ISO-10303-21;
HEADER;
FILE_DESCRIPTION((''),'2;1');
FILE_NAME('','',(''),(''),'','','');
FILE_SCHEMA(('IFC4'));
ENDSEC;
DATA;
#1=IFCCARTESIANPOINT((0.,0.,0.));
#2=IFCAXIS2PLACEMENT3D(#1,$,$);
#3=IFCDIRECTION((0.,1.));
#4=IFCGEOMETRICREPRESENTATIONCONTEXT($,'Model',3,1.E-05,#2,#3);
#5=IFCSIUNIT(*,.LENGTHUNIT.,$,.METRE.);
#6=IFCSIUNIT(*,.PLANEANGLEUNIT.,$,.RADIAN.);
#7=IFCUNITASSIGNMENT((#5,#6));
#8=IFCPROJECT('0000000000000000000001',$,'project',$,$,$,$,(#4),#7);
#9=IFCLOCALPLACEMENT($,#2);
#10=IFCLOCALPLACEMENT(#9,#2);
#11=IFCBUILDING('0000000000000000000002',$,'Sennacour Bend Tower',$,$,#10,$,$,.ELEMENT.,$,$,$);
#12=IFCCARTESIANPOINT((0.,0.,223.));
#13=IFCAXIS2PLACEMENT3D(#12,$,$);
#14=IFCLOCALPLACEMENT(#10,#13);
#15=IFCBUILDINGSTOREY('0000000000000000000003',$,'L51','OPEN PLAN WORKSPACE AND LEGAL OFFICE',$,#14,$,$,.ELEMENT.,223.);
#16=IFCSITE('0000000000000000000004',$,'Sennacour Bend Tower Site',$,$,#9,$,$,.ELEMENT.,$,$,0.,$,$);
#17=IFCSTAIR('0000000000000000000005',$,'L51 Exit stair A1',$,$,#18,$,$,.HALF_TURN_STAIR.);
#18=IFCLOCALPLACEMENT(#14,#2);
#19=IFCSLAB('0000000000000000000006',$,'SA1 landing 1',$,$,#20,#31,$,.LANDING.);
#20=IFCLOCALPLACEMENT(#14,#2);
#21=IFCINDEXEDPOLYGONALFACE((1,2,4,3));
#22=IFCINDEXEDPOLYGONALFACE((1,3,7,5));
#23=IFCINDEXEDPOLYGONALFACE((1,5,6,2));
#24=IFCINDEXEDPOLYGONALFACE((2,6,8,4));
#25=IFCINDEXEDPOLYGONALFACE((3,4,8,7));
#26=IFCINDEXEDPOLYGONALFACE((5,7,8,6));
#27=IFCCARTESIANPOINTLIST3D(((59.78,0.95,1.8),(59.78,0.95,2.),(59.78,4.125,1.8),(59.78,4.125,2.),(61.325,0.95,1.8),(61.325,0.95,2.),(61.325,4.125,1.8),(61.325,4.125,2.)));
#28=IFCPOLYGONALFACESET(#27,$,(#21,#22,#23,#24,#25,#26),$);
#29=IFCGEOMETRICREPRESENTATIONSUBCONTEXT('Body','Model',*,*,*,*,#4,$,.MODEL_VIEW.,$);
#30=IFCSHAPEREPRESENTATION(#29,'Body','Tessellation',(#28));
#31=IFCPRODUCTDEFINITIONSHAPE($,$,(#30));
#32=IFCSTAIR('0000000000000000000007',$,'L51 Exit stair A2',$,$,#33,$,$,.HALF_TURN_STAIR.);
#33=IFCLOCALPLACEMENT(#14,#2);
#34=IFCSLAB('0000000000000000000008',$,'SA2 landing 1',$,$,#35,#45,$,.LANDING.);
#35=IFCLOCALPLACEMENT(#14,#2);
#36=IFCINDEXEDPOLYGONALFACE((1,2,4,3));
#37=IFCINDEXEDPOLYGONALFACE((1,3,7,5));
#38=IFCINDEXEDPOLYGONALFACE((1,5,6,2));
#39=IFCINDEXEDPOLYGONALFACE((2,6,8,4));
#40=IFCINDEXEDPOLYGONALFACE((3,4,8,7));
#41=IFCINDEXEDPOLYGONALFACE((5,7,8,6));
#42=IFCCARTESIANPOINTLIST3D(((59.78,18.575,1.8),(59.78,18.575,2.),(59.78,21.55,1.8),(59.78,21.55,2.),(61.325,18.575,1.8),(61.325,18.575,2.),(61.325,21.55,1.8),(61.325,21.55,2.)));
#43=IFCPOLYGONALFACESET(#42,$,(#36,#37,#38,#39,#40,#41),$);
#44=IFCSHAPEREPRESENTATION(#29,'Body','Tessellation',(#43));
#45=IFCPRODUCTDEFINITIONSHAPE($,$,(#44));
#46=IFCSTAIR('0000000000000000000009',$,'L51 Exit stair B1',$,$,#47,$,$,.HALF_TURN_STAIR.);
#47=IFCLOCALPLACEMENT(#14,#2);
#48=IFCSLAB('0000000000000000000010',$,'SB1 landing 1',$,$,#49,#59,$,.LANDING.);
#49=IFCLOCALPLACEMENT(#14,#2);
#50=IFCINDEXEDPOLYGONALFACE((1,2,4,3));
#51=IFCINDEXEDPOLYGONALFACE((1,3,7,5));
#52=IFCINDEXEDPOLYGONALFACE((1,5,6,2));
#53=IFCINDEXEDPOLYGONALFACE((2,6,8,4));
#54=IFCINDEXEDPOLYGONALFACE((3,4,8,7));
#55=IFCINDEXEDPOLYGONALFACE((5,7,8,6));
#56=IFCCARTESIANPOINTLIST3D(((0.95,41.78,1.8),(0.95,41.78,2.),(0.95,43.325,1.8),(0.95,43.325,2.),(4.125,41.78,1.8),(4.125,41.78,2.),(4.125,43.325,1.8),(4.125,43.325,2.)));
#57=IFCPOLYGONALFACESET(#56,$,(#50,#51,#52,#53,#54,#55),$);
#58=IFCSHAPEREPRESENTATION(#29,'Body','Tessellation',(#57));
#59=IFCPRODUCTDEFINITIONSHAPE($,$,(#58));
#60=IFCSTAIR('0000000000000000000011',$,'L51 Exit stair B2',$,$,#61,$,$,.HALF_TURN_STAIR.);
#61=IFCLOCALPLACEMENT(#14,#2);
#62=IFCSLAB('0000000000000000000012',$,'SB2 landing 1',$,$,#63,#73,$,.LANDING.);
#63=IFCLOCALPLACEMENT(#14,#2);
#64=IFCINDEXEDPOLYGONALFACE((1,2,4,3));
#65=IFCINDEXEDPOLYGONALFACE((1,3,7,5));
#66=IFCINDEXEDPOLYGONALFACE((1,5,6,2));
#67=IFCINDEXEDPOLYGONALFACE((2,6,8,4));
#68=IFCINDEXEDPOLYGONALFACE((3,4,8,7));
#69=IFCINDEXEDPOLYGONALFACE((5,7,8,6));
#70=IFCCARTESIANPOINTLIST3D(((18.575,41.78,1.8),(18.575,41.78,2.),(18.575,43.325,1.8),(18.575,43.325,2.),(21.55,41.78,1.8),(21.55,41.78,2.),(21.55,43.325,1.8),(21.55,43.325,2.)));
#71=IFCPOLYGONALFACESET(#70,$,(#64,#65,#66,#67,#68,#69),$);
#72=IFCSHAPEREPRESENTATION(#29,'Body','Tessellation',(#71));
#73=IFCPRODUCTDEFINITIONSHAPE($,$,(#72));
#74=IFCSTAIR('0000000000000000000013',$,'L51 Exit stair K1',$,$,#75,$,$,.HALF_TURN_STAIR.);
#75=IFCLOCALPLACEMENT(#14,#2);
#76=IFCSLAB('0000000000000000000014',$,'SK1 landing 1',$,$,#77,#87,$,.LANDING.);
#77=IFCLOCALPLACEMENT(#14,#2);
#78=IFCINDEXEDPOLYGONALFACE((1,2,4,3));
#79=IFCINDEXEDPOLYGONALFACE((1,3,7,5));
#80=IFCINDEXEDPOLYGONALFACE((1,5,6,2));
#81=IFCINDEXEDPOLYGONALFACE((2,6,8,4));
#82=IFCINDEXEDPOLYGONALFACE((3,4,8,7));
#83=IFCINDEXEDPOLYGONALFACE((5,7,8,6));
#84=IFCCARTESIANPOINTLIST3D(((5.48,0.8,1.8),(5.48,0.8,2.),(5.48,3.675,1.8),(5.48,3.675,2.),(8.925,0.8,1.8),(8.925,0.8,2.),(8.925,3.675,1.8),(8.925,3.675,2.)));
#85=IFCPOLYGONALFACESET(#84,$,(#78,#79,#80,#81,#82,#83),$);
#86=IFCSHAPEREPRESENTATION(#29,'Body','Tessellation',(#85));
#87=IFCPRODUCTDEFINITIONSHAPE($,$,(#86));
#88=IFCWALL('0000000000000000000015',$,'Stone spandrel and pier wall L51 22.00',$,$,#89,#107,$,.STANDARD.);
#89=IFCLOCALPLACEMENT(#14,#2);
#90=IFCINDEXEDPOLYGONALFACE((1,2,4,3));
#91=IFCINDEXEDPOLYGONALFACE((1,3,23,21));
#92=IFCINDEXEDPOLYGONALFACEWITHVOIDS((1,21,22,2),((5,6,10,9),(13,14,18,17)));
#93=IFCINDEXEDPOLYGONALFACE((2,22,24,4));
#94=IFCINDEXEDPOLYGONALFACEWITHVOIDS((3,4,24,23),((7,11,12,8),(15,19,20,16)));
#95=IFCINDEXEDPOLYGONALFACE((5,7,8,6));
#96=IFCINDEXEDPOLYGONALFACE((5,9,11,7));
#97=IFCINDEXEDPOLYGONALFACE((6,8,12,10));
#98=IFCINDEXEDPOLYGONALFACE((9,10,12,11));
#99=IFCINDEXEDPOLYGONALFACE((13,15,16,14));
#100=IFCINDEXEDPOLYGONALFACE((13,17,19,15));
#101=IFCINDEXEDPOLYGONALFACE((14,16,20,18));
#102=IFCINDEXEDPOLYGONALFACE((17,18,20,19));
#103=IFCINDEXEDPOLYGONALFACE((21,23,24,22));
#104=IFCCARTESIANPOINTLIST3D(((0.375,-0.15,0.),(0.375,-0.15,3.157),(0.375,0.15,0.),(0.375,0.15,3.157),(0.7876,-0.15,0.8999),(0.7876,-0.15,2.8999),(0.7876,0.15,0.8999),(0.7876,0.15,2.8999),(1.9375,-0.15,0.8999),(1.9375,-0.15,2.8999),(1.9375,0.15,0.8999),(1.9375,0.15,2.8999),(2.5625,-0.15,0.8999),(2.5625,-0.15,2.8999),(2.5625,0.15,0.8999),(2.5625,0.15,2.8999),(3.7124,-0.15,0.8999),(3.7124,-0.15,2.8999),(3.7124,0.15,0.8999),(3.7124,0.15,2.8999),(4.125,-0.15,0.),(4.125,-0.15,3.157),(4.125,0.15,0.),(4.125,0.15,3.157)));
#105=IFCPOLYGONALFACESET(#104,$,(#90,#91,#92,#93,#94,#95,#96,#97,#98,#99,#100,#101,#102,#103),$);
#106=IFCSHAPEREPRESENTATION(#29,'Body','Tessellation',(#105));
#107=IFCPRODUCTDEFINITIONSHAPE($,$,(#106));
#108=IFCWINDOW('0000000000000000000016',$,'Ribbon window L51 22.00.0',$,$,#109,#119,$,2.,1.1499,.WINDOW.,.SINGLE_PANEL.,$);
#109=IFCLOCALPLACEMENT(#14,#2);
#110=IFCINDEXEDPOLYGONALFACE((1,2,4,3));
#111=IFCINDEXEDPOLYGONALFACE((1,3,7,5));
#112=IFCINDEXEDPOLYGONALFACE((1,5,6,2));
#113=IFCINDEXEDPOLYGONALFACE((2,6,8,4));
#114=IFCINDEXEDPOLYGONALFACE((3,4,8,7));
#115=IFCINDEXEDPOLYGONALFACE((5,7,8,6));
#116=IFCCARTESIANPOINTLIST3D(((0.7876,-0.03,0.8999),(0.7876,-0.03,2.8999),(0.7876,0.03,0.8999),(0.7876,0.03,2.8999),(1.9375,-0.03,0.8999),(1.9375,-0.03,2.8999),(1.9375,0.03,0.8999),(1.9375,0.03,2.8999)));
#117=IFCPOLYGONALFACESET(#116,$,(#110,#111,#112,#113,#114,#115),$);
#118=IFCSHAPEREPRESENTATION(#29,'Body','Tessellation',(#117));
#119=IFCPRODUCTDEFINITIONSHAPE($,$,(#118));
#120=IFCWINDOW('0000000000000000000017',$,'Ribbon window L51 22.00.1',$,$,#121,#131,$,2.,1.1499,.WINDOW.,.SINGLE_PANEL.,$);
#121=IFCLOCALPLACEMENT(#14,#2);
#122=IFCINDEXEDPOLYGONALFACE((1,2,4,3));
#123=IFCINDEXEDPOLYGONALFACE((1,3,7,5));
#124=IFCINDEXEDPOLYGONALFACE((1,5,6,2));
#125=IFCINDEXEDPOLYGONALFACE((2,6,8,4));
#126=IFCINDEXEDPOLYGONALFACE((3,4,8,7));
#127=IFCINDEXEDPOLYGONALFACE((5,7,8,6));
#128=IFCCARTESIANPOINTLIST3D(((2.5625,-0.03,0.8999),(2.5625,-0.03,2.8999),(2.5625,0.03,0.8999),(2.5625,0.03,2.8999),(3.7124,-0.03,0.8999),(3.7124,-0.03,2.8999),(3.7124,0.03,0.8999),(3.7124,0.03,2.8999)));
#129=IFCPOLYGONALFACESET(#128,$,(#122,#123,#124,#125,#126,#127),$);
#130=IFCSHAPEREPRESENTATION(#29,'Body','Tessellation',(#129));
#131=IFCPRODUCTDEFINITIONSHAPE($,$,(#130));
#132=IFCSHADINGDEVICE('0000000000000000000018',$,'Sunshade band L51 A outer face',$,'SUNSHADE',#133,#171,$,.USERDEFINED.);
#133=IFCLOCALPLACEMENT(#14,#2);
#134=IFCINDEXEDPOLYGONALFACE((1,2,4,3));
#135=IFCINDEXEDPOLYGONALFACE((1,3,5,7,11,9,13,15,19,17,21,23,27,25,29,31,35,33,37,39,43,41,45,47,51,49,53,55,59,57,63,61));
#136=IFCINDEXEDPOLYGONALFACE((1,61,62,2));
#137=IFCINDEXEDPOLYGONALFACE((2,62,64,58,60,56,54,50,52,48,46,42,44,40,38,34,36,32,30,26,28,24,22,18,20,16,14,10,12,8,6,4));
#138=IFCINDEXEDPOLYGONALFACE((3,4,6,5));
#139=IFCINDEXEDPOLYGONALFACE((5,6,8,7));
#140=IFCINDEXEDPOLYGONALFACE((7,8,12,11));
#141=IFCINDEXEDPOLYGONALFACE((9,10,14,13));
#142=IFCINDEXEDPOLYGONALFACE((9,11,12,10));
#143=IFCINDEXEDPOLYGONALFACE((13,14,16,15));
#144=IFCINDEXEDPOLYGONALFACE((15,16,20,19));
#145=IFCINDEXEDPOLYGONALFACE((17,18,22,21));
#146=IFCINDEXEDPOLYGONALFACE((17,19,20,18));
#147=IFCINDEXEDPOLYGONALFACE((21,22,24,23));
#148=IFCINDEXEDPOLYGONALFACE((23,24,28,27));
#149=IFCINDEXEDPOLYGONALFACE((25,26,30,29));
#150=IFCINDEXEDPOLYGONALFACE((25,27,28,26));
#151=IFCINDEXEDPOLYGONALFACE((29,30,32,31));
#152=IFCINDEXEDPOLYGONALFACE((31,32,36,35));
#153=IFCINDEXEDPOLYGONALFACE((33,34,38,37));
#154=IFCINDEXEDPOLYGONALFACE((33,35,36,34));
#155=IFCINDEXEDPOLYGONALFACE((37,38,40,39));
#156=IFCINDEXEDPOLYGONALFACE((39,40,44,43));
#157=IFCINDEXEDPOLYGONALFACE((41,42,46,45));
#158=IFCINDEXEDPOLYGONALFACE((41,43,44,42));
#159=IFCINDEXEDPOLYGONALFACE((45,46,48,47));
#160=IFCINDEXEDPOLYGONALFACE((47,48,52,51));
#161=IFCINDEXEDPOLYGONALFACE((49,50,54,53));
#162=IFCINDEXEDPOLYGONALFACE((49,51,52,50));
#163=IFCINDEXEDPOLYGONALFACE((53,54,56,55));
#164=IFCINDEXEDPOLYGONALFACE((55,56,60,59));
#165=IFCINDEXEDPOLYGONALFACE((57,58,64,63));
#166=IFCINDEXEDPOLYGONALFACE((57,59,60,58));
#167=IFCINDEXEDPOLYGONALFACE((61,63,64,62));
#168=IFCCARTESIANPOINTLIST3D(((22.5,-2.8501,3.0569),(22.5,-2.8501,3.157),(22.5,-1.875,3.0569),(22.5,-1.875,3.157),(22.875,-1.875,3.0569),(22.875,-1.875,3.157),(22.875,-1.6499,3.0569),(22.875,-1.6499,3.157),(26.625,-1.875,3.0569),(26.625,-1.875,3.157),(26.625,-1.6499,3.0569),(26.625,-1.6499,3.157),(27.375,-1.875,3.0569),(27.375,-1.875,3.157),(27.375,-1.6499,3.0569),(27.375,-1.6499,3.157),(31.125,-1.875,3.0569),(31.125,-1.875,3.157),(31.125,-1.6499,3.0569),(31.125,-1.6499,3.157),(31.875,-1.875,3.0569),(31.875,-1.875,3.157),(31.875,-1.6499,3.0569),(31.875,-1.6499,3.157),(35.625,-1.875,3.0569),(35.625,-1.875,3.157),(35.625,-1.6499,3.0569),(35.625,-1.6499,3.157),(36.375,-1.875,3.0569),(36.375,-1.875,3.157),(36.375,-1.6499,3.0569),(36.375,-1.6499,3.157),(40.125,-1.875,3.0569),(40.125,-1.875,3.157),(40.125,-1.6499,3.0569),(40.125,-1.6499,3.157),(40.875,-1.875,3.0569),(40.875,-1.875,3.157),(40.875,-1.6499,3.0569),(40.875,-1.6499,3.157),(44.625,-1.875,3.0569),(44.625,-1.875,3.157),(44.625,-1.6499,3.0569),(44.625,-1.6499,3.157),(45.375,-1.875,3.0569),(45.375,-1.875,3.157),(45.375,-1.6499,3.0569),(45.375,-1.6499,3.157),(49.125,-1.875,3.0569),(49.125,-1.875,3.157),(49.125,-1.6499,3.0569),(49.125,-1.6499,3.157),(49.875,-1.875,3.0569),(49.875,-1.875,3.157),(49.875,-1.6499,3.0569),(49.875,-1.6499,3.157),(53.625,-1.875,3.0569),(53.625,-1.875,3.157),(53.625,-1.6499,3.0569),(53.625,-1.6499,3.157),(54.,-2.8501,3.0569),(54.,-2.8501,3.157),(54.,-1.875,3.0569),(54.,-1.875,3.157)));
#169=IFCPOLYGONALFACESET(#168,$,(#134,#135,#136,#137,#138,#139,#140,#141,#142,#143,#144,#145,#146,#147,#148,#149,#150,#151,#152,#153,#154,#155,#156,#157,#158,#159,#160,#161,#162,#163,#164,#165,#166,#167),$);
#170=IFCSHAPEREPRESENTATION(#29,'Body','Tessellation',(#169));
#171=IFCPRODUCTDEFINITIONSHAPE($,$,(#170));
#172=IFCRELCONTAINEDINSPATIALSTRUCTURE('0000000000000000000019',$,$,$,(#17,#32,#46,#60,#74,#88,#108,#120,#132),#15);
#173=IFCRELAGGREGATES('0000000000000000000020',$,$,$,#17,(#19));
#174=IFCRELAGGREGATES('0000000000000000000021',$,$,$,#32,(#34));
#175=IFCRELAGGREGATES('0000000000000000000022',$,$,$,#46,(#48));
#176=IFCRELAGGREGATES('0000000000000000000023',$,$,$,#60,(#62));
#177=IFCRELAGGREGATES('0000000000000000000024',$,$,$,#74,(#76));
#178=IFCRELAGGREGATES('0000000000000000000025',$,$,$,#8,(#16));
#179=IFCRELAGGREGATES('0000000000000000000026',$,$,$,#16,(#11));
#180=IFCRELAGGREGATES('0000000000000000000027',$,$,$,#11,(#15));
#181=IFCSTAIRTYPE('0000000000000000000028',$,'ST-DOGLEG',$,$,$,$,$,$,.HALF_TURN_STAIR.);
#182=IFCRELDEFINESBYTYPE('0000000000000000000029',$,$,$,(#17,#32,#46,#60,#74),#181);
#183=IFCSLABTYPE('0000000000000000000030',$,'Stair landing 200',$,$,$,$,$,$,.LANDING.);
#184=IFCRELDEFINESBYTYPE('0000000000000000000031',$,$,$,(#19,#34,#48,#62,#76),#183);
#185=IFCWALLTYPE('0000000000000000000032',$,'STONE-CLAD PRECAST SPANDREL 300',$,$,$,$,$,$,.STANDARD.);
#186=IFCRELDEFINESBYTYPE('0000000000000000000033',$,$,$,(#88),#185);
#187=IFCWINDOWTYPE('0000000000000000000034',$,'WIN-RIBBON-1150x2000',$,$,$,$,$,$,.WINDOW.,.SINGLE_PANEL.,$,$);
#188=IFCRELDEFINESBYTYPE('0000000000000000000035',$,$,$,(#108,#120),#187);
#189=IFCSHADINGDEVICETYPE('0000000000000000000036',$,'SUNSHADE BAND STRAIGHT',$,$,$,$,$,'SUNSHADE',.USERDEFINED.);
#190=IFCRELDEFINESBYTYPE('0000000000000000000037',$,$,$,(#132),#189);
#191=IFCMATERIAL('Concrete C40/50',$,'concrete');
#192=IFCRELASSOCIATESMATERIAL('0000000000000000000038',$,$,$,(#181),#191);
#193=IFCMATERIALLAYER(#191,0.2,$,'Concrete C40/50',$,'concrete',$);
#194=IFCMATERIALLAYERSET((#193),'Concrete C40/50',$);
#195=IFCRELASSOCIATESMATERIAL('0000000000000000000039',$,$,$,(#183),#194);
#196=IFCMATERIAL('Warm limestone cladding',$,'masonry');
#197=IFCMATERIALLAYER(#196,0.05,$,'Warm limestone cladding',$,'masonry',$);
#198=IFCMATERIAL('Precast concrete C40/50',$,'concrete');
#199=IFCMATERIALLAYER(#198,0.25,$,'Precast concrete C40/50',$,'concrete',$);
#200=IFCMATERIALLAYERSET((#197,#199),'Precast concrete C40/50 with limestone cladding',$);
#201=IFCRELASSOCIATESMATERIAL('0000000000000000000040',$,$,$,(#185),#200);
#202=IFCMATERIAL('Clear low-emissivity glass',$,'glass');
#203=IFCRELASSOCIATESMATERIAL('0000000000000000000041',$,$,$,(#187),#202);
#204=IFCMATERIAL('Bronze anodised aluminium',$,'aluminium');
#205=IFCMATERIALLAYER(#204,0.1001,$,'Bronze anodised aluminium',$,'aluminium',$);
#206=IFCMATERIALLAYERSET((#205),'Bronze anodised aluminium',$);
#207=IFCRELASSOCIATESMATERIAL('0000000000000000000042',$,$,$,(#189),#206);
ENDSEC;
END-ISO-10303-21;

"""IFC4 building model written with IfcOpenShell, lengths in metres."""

from ifc_helpers import new_model, si_unit, direction, frame, frame_2d, origin, place, context, subcontext, project, spatial, polyline, rectangle, outline, extrude, material, layer, layer_set, type_object, element, fill, aggregate, save


model = new_model("IFC4")

# Units and contexts
model_context = context("Model", 3, precision=1e-05, world=origin(), true_north=direction((0.0, 1.0)))
body_context = subcontext(model_context, "Body", "Model", "MODEL_VIEW")
ifc_project = project(units=[si_unit("LENGTHUNIT", "METRE"), si_unit("PLANEANGLEUNIT", "RADIAN")], contexts=[model_context])

# Site, building, storey
site_placement = place(None, origin())
site = spatial("IfcSite", under=ifc_project, at=site_placement, Name="Sennacour Bend Tower Site", CompositionType="ELEMENT", RefElevation=0.0)
building_placement = place(site_placement, origin())
building = spatial("IfcBuilding", under=site, at=building_placement, Name="Sennacour Bend Tower", CompositionType="ELEMENT")
storey_placement = place(building_placement, frame((0.0, 0.0, 223.0)))
storey = spatial("IfcBuildingStorey", under=building, at=storey_placement, Name="L51", Description="OPEN PLAN WORKSPACE AND LEGAL OFFICE", CompositionType="ELEMENT", Elevation=223.0)

# Shared definitions
ifc_material_1 = material(Name="Concrete C40/50", Category="concrete")

# Stairs, slabs
stair_type = type_object("IfcStairType", Name="ST-DOGLEG", PredefinedType="HALF_TURN_STAIR", material=ifc_material_1)
stair_1_placement = place(storey_placement, origin())
stair_1 = element("IfcStair", 1, at=stair_1_placement, inside=storey, type_object=stair_type, Name="L51 Exit stair A1", PredefinedType="HALF_TURN_STAIR")
ifc_layer_1 = layer(ifc_material_1, 0.2, Name="Concrete C40/50", Category="concrete")
ifc_layer_set_1 = layer_set([ifc_layer_1], Name="Concrete C40/50")
slab_type_1 = type_object("IfcSlabType", Name="Stair landing 200", PredefinedType="LANDING", material=ifc_layer_set_1)
slab_1_placement = place(storey_placement, frame((0.0, 0.0, 1.8)))
slab_1 = element("IfcSlab", 2, at=slab_1_placement, type_object=slab_type_1, Name="SA1 landing 1", PredefinedType="LANDING", context=body_context, shape_type="SweptSolid", body=[
    extrude(outline(polyline([(59.78, 0.95), (61.325, 0.95), (61.325, 4.125), (59.78, 4.125), (59.78, 0.95)])), origin(), (0.0, 0.0, 1.0), 0.2),
])
aggregate(stair_1, [slab_1])
stair_2_placement = place(storey_placement, origin())
stair_2 = element("IfcStair", 3, at=stair_2_placement, inside=storey, type_object=stair_type, Name="L51 Exit stair A2", PredefinedType="HALF_TURN_STAIR")
slab_2_placement = place(storey_placement, frame((0.0, 0.0, 1.8)))
slab_2 = element("IfcSlab", 4, at=slab_2_placement, type_object=slab_type_1, Name="SA2 landing 1", PredefinedType="LANDING", context=body_context, shape_type="SweptSolid", body=[
    extrude(outline(polyline([(59.78, 18.575), (61.325, 18.575), (61.325, 21.55), (59.78, 21.55), (59.78, 18.575)])), origin(), (0.0, 0.0, 1.0), 0.2),
])
aggregate(stair_2, [slab_2])
stair_3_placement = place(storey_placement, origin())
stair_3 = element("IfcStair", 5, at=stair_3_placement, inside=storey, type_object=stair_type, Name="L51 Exit stair B1", PredefinedType="HALF_TURN_STAIR")
slab_3_placement = place(storey_placement, frame((0.0, 0.0, 1.8)))
slab_3 = element("IfcSlab", 6, at=slab_3_placement, type_object=slab_type_1, Name="SB1 landing 1", PredefinedType="LANDING", context=body_context, shape_type="SweptSolid", body=[
    extrude(outline(polyline([(0.95, 41.78), (4.125, 41.78), (4.125, 43.325), (0.95, 43.325), (0.95, 41.78)])), origin(), (0.0, 0.0, 1.0), 0.2),
])
aggregate(stair_3, [slab_3])
stair_4_placement = place(storey_placement, origin())
stair_4 = element("IfcStair", 7, at=stair_4_placement, inside=storey, type_object=stair_type, Name="L51 Exit stair B2", PredefinedType="HALF_TURN_STAIR")
slab_4_placement = place(storey_placement, frame((0.0, 0.0, 1.8)))
slab_4 = element("IfcSlab", 8, at=slab_4_placement, type_object=slab_type_1, Name="SB2 landing 1", PredefinedType="LANDING", context=body_context, shape_type="SweptSolid", body=[
    extrude(outline(polyline([(18.575, 41.78), (21.55, 41.78), (21.55, 43.325), (18.575, 43.325), (18.575, 41.78)])), origin(), (0.0, 0.0, 1.0), 0.2),
])
aggregate(stair_4, [slab_4])
stair_5_placement = place(storey_placement, origin())
stair_5 = element("IfcStair", 9, at=stair_5_placement, inside=storey, type_object=stair_type, Name="L51 Exit stair K1", PredefinedType="HALF_TURN_STAIR")
slab_5_placement = place(storey_placement, frame((0.0, 0.0, 1.8)))
slab_5 = element("IfcSlab", 10, at=slab_5_placement, type_object=slab_type_1, Name="SK1 landing 1", PredefinedType="LANDING", context=body_context, shape_type="SweptSolid", body=[
    extrude(outline(polyline([(5.48, 0.8), (8.925, 0.8), (8.925, 3.675), (5.48, 3.675), (5.48, 0.8)])), origin(), (0.0, 0.0, 1.0), 0.2),
])
aggregate(stair_5, [slab_5])

# Wall, openings, windows
ifc_material_2 = material(Name="Warm limestone cladding", Category="masonry")
ifc_layer_2 = layer(ifc_material_2, 0.05, Name="Warm limestone cladding", Category="masonry")
ifc_material_3 = material(Name="Precast concrete C40/50", Category="concrete")
ifc_layer_3 = layer(ifc_material_3, 0.25, Name="Precast concrete C40/50", Category="concrete")
ifc_layer_set_2 = layer_set([ifc_layer_2, ifc_layer_3], Name="Precast concrete C40/50 with limestone cladding")
wall_type = type_object("IfcWallType", Name="STONE-CLAD PRECAST SPANDREL 300", PredefinedType="STANDARD", material=ifc_layer_set_2)
wall_placement = place(storey_placement, frame((0.375, 0.0, 0.0), z_axis=(0.0, 0.0, 1.0), x_axis=(1.0, 0.0, 0.0)))
wall = element("IfcWall", 11, at=wall_placement, inside=storey, type_object=wall_type, Name="Stone spandrel and pier wall L51 22.00", PredefinedType="STANDARD", context=body_context, shape_type="SweptSolid", body=[
    extrude(rectangle(XDim=3.75, YDim=0.3, at=frame_2d((1.875, 0.0))), origin(), (0.0, 0.0, 1.0), 3.157),
])
opening_1_placement = place(wall_placement, frame((0.4126, 0.0, 0.8999)))
opening_1 = element("IfcOpeningElement", 12, at=opening_1_placement, cuts=wall, PredefinedType="OPENING", context=body_context, shape_type="SweptSolid", body=[
    extrude(rectangle(XDim=1.1499, YDim=2.0, at=frame_2d((0.575, 1.0))), frame((0.0, 0.1602, 0.0), z_axis=(0.0, -1.0, 0.0), x_axis=(1.0, 0.0, 0.0)), (0.0, 0.0, 1.0), 0.3201),
])
opening_2_placement = place(wall_placement, frame((2.1875, 0.0, 0.8999)))
opening_2 = element("IfcOpeningElement", 13, at=opening_2_placement, cuts=wall, PredefinedType="OPENING", context=body_context, shape_type="SweptSolid", body=[
    extrude(rectangle(XDim=1.1499, YDim=2.0, at=frame_2d((0.575, 1.0))), frame((0.0, 0.1602, 0.0), z_axis=(0.0, -1.0, 0.0), x_axis=(1.0, 0.0, 0.0)), (0.0, 0.0, 1.0), 0.3201),
])
ifc_material_4 = material(Name="Clear low-emissivity glass", Category="glass")
window_type = type_object("IfcWindowType", Name="WIN-RIBBON-1150x2000", PartitioningType="SINGLE_PANEL", PredefinedType="WINDOW", material=ifc_material_4)
window_1_placement = place(opening_1_placement, origin())
window_1 = element("IfcWindow", 14, at=window_1_placement, inside=storey, type_object=window_type, Name="Ribbon window L51 22.00.0", OverallHeight=2.0, OverallWidth=1.1499, PartitioningType="SINGLE_PANEL", PredefinedType="WINDOW", context=body_context, shape_type="SweptSolid", body=[
    extrude(rectangle(XDim=1.1499, YDim=2.0, at=frame_2d((0.575, 1.0))), frame((0.0, 0.03, 0.0), z_axis=(0.0, -1.0, 0.0), x_axis=(1.0, 0.0, 0.0)), (0.0, 0.0, 1.0), 0.0601),
])
fill(opening_1, window_1)
window_2_placement = place(opening_2_placement, origin())
window_2 = element("IfcWindow", 15, at=window_2_placement, inside=storey, type_object=window_type, Name="Ribbon window L51 22.00.1", OverallHeight=2.0, OverallWidth=1.1499, PartitioningType="SINGLE_PANEL", PredefinedType="WINDOW", context=body_context, shape_type="SweptSolid", body=[
    extrude(rectangle(XDim=1.1499, YDim=2.0, at=frame_2d((0.575, 1.0))), frame((0.0, 0.03, 0.0), z_axis=(0.0, -1.0, 0.0), x_axis=(1.0, 0.0, 0.0)), (0.0, 0.0, 1.0), 0.0601),
])
fill(opening_2, window_2)

# Shading device
ifc_material_5 = material(Name="Bronze anodised aluminium", Category="aluminium")
ifc_layer_4 = layer(ifc_material_5, 0.1001, Name="Bronze anodised aluminium", Category="aluminium")
ifc_layer_set_3 = layer_set([ifc_layer_4], Name="Bronze anodised aluminium")
shading_device_type_1 = type_object("IfcShadingDeviceType", Name="SUNSHADE BAND STRAIGHT", ElementType="SUNSHADE", PredefinedType="USERDEFINED", material=ifc_layer_set_3)
shading_device_1_placement = place(storey_placement, frame((0.0, 0.0, 3.0569)))
element("IfcShadingDevice", 16, at=shading_device_1_placement, inside=storey, type_object=shading_device_type_1, Name="Sunshade band L51 A outer face", ObjectType="SUNSHADE", PredefinedType="USERDEFINED", context=body_context, shape_type="SweptSolid", body=[
    extrude(outline(polyline([(26.625, -1.6499), (26.625, -1.875), (27.375, -1.875), (27.375, -1.6499), (31.125, -1.6499), (31.125, -1.875), (31.875, -1.875), (31.875, -1.6499), (35.625, -1.6499), (35.625, -1.875), (36.375, -1.875), (36.375, -1.6499), (40.125, -1.6499), (40.125, -1.875), (40.875, -1.875), (40.875, -1.6499), (44.625, -1.6499), (44.625, -1.875), (45.375, -1.875), (45.375, -1.6499), (49.125, -1.6499), (49.125, -1.875), (49.875, -1.875), (49.875, -1.6499), (53.625, -1.6499), (53.625, -1.875), (54.0, -1.875), (54.0, -2.8501), (22.5, -2.8501), (22.5, -1.875), (22.875, -1.875), (22.875, -1.6499), (26.625, -1.6499)])), origin(), (0.0, 0.0, 1.0), 0.1001),
])

save(model, "model.ifc")
